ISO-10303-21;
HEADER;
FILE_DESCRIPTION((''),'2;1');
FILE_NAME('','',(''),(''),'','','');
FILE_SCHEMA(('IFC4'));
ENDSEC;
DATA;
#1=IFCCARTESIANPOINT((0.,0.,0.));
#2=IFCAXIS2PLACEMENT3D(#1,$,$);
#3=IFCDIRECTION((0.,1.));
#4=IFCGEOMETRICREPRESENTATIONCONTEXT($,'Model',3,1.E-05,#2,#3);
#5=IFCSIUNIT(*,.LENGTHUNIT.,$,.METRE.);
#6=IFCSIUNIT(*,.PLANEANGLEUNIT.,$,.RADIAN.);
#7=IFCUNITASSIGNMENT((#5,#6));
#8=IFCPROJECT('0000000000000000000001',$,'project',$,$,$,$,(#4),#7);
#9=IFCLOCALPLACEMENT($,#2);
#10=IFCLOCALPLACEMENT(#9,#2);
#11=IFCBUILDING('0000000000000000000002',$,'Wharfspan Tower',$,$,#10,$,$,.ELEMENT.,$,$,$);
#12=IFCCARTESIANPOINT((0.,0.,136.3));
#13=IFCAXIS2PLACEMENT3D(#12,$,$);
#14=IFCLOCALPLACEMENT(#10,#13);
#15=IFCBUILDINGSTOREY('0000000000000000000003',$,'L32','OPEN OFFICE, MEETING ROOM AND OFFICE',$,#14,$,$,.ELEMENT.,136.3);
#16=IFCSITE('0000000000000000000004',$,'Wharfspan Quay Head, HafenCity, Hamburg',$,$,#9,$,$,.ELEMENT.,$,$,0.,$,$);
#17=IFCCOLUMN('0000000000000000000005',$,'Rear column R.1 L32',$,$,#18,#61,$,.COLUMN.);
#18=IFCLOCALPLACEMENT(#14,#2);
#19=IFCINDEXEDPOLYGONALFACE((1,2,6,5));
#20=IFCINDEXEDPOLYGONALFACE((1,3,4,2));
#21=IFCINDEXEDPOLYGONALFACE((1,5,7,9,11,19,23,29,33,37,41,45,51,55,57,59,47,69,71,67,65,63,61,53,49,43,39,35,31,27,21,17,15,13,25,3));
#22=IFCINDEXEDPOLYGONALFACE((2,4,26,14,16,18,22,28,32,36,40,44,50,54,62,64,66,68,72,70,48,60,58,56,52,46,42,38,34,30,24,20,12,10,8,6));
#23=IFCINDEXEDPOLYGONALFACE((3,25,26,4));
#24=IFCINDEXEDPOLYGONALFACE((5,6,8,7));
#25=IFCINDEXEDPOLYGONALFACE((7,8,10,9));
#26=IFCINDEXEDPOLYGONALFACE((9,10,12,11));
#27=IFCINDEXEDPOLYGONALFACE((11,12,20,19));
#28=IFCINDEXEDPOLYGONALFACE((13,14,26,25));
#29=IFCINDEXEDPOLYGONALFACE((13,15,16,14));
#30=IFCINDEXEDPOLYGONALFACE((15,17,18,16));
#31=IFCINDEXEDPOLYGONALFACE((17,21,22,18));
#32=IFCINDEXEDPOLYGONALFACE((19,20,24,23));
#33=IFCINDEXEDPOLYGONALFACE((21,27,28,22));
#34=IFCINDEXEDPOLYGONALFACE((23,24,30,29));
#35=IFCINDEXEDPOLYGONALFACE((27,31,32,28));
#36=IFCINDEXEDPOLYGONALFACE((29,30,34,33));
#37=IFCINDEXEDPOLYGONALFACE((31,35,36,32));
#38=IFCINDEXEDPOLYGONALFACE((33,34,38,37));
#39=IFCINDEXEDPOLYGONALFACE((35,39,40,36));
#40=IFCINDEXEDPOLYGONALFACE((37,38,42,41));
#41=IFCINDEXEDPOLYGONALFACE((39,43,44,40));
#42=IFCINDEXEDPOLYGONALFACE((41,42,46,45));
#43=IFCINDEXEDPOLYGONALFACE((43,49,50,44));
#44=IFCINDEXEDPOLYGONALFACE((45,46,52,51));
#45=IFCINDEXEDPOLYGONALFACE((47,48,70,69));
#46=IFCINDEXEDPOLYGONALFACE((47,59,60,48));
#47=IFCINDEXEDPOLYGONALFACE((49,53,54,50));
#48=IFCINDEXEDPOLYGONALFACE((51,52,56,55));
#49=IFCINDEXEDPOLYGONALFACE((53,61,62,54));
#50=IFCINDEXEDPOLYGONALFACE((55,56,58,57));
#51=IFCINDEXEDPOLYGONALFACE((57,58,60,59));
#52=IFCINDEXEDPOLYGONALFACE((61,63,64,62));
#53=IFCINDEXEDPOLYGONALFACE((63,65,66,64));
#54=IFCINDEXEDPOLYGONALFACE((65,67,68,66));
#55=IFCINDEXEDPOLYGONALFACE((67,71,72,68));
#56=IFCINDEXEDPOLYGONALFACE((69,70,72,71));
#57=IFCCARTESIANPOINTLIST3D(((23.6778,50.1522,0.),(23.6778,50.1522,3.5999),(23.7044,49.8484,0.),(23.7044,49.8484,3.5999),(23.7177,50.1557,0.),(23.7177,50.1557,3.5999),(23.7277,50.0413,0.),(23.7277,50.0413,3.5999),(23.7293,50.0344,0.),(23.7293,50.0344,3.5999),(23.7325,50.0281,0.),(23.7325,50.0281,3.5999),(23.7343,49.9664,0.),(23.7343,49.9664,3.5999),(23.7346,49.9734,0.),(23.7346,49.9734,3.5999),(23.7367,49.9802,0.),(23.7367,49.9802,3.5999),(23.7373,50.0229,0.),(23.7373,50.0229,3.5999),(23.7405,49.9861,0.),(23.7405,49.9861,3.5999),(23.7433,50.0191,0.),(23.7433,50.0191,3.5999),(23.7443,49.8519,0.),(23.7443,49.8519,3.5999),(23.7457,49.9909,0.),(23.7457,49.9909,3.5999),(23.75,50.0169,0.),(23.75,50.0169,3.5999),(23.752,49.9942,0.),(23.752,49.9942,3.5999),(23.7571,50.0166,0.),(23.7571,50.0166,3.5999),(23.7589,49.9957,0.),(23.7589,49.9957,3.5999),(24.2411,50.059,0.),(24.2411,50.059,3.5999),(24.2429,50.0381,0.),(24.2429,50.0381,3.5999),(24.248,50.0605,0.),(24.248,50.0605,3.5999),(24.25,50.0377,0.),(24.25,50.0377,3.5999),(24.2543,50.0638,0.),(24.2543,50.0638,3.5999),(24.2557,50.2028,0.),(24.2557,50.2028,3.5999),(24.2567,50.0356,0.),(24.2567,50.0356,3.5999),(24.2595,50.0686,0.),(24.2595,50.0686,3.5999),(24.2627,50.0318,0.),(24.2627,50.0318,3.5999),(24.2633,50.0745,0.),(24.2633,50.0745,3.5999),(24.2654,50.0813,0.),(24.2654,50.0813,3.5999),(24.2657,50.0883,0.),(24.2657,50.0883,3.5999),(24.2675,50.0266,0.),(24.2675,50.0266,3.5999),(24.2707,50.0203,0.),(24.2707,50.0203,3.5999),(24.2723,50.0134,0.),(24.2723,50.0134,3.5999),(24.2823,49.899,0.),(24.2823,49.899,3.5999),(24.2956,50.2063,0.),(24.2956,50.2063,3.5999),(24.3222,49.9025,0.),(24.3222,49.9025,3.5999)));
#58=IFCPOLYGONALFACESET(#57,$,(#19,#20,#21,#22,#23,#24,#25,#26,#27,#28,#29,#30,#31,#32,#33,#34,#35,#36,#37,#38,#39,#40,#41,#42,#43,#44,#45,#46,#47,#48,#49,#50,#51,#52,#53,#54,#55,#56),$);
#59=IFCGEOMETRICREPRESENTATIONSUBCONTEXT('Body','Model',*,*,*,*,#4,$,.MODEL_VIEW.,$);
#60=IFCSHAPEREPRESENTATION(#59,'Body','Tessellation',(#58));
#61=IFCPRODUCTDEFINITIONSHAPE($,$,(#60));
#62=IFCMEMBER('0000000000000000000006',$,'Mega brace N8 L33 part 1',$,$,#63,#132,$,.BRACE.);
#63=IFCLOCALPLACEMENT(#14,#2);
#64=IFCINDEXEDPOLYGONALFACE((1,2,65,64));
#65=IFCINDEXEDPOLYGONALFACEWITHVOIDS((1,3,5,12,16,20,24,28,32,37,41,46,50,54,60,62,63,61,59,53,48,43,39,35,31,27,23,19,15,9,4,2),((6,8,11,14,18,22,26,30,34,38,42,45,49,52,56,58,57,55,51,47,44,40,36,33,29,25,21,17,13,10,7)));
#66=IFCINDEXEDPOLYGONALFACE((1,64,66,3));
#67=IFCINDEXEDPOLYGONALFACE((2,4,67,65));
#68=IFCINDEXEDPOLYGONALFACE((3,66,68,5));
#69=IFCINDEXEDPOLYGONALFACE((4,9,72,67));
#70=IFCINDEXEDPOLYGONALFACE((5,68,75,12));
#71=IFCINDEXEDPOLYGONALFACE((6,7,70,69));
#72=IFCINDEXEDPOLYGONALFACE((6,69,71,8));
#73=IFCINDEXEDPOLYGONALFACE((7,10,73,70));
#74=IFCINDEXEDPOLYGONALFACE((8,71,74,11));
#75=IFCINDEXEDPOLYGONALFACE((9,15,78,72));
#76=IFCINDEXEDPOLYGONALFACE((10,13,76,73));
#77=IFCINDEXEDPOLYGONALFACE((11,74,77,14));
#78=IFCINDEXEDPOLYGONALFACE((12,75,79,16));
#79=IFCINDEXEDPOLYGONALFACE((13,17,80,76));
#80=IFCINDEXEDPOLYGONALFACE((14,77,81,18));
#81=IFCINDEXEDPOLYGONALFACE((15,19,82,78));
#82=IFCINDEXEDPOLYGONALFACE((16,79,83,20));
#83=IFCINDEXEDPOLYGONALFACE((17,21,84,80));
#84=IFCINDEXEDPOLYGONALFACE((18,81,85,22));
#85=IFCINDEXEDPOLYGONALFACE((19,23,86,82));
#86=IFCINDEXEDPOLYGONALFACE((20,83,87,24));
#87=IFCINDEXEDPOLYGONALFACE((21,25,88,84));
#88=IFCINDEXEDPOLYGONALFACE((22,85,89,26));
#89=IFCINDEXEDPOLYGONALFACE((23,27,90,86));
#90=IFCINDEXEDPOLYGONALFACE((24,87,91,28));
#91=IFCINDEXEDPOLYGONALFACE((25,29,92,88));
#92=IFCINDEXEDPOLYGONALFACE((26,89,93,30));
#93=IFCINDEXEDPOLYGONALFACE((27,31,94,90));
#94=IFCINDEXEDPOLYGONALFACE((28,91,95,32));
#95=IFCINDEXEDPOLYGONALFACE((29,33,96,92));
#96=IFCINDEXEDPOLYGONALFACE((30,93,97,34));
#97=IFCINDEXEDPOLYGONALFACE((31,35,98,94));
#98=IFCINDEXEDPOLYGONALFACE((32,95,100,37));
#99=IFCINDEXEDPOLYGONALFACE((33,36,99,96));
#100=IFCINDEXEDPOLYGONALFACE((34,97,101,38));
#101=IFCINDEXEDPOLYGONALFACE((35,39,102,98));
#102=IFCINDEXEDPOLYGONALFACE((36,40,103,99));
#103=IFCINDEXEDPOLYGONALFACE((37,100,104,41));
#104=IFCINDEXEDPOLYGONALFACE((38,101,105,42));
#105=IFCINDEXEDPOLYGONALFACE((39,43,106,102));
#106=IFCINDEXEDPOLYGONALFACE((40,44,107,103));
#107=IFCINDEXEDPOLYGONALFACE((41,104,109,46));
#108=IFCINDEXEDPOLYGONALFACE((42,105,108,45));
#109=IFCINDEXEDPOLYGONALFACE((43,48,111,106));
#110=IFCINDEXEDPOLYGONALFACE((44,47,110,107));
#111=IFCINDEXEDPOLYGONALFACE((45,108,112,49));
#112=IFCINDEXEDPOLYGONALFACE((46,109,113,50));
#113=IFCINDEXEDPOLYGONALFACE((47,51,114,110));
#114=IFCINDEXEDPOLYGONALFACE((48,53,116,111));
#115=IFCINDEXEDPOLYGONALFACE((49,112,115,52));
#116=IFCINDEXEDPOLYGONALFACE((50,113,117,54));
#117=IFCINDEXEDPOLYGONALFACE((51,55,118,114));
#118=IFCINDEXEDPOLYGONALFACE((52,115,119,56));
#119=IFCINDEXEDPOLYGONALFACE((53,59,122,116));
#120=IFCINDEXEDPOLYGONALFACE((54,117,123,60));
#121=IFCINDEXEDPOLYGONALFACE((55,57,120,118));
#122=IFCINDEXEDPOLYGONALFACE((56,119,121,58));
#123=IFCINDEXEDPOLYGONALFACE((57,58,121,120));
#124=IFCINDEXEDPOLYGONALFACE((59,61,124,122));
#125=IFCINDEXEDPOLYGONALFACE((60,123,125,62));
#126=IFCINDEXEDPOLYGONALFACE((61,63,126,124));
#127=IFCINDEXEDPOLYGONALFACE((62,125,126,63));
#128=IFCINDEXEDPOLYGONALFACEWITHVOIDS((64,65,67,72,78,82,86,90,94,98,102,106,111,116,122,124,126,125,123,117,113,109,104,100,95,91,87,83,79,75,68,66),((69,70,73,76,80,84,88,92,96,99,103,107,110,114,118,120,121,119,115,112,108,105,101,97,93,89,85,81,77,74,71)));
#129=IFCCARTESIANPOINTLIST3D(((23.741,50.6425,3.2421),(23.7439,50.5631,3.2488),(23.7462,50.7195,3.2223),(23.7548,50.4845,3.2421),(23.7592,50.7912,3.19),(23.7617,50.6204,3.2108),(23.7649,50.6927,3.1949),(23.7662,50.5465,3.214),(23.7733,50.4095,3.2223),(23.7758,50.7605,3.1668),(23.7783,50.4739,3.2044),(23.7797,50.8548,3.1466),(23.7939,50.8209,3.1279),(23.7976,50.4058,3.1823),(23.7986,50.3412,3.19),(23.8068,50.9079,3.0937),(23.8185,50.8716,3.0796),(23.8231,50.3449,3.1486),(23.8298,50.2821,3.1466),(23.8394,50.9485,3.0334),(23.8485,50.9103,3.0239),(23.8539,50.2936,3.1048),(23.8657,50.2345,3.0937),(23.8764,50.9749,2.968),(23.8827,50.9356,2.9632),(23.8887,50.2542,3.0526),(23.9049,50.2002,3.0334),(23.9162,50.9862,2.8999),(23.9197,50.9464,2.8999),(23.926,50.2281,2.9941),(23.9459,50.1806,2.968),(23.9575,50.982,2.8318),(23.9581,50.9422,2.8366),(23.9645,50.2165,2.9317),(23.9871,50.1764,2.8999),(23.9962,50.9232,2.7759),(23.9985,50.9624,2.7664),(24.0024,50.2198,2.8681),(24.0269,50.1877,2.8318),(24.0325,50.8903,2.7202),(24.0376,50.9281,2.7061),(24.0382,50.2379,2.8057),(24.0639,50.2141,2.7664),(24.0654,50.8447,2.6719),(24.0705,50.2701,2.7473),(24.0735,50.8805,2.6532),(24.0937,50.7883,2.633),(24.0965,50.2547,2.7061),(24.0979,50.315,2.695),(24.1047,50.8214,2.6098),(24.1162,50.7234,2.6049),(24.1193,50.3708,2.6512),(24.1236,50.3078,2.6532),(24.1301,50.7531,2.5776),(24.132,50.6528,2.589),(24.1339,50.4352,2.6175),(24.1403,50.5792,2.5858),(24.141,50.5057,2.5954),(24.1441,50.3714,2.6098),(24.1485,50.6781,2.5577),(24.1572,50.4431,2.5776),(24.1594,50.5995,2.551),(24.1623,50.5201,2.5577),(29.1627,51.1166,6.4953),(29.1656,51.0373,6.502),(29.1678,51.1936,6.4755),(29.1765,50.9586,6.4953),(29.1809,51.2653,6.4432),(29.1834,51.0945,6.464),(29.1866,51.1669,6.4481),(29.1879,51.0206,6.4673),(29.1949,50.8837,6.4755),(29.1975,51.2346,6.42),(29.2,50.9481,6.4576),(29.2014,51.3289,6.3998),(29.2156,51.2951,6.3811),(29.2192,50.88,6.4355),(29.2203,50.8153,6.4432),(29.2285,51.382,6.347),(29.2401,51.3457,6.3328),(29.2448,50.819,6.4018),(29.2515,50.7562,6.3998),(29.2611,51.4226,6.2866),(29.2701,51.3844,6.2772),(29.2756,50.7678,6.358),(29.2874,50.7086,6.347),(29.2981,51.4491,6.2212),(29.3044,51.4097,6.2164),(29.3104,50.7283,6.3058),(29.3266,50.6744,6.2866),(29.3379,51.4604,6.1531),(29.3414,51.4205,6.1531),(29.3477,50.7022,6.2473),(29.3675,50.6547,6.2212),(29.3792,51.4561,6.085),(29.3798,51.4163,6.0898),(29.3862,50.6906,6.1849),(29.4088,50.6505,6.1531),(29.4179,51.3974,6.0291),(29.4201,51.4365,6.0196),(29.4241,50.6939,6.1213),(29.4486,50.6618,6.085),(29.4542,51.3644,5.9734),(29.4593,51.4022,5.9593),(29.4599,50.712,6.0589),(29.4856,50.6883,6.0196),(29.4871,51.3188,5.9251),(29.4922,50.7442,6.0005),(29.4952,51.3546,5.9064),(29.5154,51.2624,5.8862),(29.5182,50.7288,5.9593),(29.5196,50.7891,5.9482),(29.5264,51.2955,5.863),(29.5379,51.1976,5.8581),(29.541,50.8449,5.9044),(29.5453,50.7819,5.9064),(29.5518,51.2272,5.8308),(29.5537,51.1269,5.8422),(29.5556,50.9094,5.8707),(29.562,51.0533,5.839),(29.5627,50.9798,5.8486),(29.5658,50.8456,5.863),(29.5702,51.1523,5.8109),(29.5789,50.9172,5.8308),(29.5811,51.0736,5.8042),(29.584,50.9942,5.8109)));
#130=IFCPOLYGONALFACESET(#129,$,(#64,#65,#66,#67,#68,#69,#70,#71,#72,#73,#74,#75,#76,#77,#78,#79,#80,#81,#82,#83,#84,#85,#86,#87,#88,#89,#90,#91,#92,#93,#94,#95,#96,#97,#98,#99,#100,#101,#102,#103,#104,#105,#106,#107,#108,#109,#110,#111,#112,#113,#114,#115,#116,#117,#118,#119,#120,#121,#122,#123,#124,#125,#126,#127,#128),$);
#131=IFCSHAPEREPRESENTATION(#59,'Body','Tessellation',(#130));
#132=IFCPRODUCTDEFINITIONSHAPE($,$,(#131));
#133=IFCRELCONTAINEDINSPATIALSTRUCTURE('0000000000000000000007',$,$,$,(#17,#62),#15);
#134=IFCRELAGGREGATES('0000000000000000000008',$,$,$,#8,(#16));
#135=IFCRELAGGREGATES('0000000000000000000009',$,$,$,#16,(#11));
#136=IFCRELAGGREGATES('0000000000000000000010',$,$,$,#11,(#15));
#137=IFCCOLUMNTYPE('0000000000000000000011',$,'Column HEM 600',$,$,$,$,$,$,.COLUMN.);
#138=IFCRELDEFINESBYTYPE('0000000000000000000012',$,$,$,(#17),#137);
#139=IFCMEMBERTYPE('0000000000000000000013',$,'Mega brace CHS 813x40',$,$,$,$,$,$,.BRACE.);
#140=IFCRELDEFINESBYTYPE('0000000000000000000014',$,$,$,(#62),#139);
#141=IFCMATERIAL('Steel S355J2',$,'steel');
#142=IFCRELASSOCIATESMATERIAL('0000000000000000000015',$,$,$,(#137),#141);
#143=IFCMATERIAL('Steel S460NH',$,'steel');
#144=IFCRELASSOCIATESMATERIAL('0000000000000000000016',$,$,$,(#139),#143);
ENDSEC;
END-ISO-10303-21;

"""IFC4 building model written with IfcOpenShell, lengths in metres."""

from ifc_helpers import new_model, si_unit, direction, frame, origin, origin_2d, place, context, subcontext, project, spatial, hollow_circle, i_section, extrude, material, material_profile, profile_set, type_object, element, save


model = new_model("IFC4")

# Units and contexts
model_context = context("Model", 3, precision=1e-05, world=origin(), true_north=direction((0.0, 1.0)))
body_context = subcontext(model_context, "Body", "Model", "MODEL_VIEW")
ifc_project = project(units=[si_unit("LENGTHUNIT", "METRE"), si_unit("PLANEANGLEUNIT", "RADIAN")], contexts=[model_context])

# Site, building, storey
site_placement = place(None, origin())
site = spatial("IfcSite", under=ifc_project, at=site_placement, Name="Wharfspan Quay Head, HafenCity, Hamburg", CompositionType="ELEMENT", RefElevation=0.0)
building_placement = place(site_placement, origin())
building = spatial("IfcBuilding", under=site, at=building_placement, Name="Wharfspan Tower", CompositionType="ELEMENT")
storey_placement = place(building_placement, frame((0.0, 0.0, 136.3)))
storey = spatial("IfcBuildingStorey", under=building, at=storey_placement, Name="L32", Description="OPEN OFFICE, MEETING ROOM AND OFFICE", CompositionType="ELEMENT", Elevation=136.3)

# Column
ifc_material_1 = material(Name="Steel S355J2", Category="steel")
ifc_material_profile_1 = material_profile(ifc_material_1, i_section(OverallWidth=0.3049, OverallDepth=0.6201, WebThickness=0.021, FlangeThickness=0.04, FilletRadius=0.0271, at=origin_2d()))
ifc_profile_set_1 = profile_set([ifc_material_profile_1], Name="Steel S355J2")
column_type = type_object("IfcColumnType", Name="Column HEM 600", PredefinedType="COLUMN", material=ifc_profile_set_1)
column_placement = place(storey_placement, frame((24.0, 50.0273, 0.0), z_axis=(0.0, 0.0, 1.0), x_axis=(-0.087156, 0.996198, 0.0)))
element("IfcColumn", 1, at=column_placement, inside=storey, type_object=column_type, Name="Rear column R.1 L32", PredefinedType="COLUMN", context=body_context, shape_type="SweptSolid", body=[
    extrude(i_section(OverallWidth=0.3049, OverallDepth=0.6201, WebThickness=0.021, FlangeThickness=0.04, FilletRadius=0.0271, at=origin_2d()), origin(), (0.0, 0.0, 1.0), 3.5999),
])

# Member
ifc_material_2 = material(Name="Steel S460NH", Category="steel")
ifc_material_profile_2 = material_profile(ifc_material_2, hollow_circle(Radius=0.4065, WallThickness=0.04, at=origin_2d()))
ifc_profile_set_2 = profile_set([ifc_material_profile_2], Name="Steel S460NH")
member_type = type_object("IfcMemberType", Name="Mega brace CHS 813x40", PredefinedType="BRACE", material=ifc_profile_set_2)
member_placement = place(storey_placement, frame((23.9517, 50.5813, 2.8999), z_axis=(0.855079, 0.074777, 0.513078), x_axis=(-0.087118, 0.996199, 0.0)))
element("IfcMember", 2, at=member_placement, inside=storey, type_object=member_type, Name="Mega brace N8 L33 part 1", PredefinedType="BRACE", context=body_context, shape_type="SweptSolid", body=[
    extrude(hollow_circle(Radius=0.4065, WallThickness=0.04, at=origin_2d()), origin(), (0.0, 0.0, 1.0), 6.3406),
])

save(model, "model.ifc")
